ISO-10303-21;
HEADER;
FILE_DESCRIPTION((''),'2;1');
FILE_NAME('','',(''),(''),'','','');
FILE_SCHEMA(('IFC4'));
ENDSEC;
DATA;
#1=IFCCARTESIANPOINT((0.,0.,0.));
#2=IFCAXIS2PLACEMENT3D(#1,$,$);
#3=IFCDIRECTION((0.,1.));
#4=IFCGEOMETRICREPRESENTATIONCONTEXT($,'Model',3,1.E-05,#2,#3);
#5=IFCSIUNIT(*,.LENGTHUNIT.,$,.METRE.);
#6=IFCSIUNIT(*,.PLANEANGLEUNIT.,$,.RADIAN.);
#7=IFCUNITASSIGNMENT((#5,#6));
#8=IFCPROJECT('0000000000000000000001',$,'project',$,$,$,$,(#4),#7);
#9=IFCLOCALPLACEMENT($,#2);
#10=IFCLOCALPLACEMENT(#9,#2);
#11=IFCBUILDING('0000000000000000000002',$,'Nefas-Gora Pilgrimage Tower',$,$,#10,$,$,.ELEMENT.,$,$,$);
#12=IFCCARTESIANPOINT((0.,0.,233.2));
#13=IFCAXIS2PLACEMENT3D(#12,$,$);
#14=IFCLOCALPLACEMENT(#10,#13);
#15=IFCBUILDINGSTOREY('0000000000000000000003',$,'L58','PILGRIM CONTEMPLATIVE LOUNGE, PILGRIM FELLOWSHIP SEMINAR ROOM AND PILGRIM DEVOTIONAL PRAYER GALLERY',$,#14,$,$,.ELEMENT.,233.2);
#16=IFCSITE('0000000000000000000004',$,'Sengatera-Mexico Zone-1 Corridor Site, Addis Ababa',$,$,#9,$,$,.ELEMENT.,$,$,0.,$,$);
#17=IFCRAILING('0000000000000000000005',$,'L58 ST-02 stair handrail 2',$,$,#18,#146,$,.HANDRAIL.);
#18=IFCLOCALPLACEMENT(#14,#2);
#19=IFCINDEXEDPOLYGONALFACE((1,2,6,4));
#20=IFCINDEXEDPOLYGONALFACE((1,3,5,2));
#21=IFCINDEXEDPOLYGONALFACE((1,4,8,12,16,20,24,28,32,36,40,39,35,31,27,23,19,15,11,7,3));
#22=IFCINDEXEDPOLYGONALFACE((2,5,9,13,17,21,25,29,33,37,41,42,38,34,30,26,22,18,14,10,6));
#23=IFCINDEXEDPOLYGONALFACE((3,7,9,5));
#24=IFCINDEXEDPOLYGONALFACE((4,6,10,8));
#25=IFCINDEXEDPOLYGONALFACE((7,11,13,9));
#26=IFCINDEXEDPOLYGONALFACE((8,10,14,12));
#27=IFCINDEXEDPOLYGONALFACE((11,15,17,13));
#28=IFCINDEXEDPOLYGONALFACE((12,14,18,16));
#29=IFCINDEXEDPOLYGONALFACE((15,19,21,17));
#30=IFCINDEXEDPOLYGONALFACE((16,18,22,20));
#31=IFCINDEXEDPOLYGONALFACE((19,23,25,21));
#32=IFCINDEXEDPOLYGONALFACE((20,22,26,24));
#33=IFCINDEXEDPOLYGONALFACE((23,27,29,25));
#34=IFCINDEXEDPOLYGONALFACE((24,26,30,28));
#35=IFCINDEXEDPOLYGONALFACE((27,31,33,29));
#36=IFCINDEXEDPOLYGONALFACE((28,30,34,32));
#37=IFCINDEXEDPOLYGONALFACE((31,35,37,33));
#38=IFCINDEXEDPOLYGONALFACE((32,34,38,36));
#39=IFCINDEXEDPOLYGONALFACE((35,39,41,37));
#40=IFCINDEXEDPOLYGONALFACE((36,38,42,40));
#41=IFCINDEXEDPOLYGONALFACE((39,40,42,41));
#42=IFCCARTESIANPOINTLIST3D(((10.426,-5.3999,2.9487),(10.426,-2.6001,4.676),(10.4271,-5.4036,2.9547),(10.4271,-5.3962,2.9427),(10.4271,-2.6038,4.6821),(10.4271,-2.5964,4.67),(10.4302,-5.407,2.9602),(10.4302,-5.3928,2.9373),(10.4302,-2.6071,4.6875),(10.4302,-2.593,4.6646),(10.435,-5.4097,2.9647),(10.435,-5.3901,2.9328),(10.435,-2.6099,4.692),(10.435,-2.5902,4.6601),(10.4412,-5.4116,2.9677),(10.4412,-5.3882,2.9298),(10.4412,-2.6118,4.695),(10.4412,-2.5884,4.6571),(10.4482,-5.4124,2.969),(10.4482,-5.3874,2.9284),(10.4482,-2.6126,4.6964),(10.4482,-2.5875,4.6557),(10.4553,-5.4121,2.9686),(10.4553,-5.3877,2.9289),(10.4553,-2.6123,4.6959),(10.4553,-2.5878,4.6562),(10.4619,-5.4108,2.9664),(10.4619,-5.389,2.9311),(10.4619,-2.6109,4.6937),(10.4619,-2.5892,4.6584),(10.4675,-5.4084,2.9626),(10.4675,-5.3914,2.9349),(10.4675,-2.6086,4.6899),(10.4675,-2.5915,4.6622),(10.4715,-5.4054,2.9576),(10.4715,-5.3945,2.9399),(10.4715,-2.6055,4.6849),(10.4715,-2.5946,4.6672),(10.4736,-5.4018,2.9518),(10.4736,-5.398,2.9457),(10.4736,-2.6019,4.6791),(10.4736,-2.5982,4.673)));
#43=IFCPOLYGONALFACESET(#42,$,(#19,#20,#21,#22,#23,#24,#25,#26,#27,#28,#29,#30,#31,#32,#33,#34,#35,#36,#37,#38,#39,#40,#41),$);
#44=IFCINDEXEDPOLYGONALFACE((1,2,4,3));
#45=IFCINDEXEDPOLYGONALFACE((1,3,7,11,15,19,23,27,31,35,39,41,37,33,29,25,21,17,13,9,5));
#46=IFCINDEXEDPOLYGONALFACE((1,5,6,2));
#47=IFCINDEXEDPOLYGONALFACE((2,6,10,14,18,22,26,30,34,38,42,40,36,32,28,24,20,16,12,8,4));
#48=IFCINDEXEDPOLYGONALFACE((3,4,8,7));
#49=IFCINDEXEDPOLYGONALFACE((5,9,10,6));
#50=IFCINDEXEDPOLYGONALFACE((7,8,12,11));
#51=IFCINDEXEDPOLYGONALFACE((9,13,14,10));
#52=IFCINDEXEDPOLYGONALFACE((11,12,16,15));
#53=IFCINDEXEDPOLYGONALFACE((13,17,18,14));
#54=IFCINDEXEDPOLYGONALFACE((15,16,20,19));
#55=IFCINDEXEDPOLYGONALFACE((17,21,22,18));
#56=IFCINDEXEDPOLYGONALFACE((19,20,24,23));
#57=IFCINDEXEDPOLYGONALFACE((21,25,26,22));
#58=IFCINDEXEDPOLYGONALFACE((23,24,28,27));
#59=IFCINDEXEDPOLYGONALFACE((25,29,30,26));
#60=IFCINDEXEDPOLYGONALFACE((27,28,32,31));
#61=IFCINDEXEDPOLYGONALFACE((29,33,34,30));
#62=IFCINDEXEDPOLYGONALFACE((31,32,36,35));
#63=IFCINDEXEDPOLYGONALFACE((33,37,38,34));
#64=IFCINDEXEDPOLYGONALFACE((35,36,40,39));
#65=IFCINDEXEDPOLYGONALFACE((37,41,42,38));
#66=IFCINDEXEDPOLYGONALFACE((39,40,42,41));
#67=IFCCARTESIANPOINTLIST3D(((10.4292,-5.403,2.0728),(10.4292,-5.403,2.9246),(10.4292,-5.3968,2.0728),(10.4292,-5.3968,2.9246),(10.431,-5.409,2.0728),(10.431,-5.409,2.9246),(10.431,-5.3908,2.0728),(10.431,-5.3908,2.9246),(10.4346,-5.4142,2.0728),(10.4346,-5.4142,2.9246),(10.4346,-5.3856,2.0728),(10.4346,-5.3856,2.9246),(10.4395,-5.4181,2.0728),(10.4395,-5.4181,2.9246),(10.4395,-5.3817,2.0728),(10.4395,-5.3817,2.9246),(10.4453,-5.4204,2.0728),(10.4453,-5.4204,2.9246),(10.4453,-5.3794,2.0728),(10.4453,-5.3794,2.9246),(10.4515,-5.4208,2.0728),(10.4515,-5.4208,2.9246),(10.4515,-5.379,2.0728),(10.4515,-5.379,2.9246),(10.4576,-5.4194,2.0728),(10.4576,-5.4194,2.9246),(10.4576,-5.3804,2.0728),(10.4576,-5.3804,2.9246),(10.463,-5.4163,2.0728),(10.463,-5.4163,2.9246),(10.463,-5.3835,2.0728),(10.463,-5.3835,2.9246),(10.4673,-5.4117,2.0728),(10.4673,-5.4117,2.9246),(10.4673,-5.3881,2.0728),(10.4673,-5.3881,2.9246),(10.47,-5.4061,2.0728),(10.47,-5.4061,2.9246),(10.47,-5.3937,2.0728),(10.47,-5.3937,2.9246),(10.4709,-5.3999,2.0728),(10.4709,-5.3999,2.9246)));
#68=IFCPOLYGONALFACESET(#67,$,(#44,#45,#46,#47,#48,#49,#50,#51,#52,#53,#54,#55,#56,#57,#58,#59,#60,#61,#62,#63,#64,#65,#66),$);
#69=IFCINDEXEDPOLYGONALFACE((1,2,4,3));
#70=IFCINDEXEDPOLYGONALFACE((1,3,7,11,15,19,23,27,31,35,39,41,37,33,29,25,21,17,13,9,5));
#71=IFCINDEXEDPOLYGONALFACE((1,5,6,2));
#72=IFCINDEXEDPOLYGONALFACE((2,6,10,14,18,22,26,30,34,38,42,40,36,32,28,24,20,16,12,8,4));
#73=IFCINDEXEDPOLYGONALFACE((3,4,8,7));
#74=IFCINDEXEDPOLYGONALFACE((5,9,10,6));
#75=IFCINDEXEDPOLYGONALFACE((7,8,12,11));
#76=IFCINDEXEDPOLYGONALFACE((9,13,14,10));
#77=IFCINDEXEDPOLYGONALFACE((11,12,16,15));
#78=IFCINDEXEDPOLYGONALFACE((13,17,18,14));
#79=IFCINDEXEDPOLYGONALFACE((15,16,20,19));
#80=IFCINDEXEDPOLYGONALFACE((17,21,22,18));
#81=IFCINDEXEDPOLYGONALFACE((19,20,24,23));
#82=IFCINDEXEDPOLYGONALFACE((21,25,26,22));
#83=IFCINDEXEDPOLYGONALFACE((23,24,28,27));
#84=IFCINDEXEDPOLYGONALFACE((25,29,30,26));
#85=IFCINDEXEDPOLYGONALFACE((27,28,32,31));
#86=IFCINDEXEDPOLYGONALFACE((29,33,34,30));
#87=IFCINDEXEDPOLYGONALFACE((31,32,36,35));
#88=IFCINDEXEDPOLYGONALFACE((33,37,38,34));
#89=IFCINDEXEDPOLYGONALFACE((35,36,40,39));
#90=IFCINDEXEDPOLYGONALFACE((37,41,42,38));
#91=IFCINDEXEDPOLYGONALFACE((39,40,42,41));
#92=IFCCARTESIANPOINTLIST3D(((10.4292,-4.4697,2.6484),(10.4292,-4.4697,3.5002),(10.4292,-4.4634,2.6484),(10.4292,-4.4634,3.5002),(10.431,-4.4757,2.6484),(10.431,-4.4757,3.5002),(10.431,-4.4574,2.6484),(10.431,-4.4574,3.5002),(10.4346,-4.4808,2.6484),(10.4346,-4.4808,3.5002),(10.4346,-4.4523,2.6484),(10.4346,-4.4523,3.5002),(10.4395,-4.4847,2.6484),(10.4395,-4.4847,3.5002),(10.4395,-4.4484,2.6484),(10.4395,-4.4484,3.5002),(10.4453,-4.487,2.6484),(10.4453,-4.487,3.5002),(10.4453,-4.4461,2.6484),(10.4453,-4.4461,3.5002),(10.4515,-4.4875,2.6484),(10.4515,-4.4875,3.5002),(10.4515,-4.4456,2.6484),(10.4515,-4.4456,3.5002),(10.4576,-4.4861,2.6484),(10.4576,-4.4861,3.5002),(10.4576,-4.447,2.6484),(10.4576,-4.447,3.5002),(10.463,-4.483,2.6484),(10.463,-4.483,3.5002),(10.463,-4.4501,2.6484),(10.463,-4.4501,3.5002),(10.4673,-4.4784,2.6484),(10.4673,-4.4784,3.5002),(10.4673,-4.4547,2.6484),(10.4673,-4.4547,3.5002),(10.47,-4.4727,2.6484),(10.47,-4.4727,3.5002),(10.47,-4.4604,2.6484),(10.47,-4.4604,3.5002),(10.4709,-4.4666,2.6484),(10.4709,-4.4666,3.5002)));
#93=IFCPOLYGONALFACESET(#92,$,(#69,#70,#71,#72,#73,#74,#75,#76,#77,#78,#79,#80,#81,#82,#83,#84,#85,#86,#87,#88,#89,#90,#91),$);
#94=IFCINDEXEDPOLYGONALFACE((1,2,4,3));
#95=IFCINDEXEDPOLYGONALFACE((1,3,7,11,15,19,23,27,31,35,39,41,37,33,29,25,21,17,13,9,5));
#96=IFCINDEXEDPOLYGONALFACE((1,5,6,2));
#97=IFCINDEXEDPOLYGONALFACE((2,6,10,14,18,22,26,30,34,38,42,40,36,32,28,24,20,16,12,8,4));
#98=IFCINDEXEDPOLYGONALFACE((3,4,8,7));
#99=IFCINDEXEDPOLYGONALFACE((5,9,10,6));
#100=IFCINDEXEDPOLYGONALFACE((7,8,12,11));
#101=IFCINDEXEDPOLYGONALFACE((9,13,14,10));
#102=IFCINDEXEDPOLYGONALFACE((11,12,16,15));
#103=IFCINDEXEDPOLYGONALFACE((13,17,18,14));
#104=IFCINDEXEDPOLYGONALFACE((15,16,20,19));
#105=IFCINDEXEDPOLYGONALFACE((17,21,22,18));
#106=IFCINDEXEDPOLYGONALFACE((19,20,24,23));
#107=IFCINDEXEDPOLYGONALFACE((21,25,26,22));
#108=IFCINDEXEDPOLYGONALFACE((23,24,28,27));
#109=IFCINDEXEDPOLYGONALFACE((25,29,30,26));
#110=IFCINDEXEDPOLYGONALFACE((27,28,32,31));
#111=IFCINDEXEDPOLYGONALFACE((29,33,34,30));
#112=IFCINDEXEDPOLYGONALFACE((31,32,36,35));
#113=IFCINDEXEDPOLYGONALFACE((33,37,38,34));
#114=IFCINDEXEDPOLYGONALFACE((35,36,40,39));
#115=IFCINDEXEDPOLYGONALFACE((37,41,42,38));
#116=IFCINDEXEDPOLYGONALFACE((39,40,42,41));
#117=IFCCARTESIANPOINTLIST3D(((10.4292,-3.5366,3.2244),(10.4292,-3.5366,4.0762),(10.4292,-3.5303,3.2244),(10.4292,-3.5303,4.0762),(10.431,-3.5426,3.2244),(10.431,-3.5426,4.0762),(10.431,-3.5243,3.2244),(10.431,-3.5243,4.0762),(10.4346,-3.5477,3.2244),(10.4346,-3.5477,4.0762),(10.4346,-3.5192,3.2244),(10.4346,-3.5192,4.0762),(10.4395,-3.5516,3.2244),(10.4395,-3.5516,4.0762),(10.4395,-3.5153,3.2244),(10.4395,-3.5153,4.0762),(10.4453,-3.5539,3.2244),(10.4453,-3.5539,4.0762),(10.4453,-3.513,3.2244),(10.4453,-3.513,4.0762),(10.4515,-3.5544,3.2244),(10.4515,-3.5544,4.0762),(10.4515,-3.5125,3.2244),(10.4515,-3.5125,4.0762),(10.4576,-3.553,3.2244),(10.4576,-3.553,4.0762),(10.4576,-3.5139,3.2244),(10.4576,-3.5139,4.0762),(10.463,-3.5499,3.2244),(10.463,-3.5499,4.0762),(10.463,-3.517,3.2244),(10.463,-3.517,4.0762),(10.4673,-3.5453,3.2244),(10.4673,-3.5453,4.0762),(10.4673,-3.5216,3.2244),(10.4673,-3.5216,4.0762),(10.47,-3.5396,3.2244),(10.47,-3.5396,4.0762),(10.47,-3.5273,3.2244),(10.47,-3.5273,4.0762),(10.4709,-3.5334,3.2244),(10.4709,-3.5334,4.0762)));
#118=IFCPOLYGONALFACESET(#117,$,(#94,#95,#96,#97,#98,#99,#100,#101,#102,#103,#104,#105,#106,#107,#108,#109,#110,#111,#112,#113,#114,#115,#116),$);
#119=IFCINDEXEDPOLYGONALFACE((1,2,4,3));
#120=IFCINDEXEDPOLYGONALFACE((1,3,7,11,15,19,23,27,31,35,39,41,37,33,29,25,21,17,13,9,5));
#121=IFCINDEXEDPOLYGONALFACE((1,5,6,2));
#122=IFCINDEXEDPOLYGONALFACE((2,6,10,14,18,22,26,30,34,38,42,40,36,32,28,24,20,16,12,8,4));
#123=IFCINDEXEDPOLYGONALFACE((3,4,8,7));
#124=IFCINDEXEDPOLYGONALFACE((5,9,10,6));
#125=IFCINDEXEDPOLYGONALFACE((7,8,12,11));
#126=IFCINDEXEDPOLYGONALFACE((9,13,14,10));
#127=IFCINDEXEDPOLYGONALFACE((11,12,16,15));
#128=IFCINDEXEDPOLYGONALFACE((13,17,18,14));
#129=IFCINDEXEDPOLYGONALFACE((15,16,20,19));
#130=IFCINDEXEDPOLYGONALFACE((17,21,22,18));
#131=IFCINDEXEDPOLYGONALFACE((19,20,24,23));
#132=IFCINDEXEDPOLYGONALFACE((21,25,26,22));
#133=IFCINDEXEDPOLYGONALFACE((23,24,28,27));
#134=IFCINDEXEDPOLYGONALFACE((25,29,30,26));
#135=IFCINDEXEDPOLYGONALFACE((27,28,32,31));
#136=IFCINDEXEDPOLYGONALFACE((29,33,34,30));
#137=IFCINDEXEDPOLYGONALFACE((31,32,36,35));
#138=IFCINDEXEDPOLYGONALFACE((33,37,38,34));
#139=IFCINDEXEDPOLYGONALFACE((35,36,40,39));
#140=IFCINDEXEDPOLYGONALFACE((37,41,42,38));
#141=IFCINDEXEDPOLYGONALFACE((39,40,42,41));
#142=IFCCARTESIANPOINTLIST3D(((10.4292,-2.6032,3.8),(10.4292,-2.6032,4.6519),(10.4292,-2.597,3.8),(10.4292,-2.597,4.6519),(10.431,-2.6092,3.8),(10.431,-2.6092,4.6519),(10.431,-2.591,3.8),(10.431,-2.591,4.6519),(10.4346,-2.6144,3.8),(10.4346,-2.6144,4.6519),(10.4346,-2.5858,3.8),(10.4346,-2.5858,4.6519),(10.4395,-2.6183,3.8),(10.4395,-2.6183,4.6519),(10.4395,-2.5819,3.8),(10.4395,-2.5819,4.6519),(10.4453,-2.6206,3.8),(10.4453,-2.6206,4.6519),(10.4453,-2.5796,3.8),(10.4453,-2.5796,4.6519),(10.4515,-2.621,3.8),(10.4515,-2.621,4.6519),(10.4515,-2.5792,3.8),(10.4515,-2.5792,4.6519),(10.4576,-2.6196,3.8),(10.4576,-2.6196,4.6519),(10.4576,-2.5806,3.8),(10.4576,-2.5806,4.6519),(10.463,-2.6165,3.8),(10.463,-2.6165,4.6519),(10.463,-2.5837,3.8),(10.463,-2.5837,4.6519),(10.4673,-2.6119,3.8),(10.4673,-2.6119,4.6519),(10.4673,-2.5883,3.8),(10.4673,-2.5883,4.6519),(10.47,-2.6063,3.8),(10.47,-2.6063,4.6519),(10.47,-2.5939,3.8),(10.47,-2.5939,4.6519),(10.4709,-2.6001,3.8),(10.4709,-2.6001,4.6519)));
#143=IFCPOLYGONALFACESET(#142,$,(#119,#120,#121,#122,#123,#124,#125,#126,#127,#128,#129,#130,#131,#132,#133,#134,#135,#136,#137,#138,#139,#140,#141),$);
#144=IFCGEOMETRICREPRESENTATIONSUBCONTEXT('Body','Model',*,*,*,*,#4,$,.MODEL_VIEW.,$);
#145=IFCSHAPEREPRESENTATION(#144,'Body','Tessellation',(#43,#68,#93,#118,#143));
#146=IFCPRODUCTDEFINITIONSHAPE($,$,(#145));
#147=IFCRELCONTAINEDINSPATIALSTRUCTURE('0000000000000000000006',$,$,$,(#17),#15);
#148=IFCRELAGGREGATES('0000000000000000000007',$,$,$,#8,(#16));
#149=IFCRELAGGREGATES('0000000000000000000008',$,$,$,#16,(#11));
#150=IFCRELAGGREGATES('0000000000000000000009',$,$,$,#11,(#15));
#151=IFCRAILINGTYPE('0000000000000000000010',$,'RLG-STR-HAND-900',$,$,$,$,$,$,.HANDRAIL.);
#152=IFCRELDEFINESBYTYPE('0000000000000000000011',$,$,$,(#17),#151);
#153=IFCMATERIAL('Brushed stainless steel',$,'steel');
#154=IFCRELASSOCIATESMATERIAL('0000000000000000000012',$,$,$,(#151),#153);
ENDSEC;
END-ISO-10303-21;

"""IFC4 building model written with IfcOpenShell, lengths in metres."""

from ifc_helpers import new_model, si_unit, direction, frame, origin, origin_2d, place, context, subcontext, project, spatial, circle, extrude, material, type_object, element, save


model = new_model("IFC4")

# Units and contexts
model_context = context("Model", 3, precision=1e-05, world=origin(), true_north=direction((0.0, 1.0)))
body_context = subcontext(model_context, "Body", "Model", "MODEL_VIEW")
ifc_project = project(units=[si_unit("LENGTHUNIT", "METRE"), si_unit("PLANEANGLEUNIT", "RADIAN")], contexts=[model_context])

# Site, building, storey
site_placement = place(None, origin())
site = spatial("IfcSite", under=ifc_project, at=site_placement, Name="Sengatera-Mexico Zone-1 Corridor Site, Addis Ababa", CompositionType="ELEMENT", RefElevation=0.0)
building_placement = place(site_placement, origin())
building = spatial("IfcBuilding", under=site, at=building_placement, Name="Nefas-Gora Pilgrimage Tower", CompositionType="ELEMENT")
storey_placement = place(building_placement, frame((0.0, 0.0, 233.2)))
storey = spatial("IfcBuildingStorey", under=building, at=storey_placement, Name="L58", Description="PILGRIM CONTEMPLATIVE LOUNGE, PILGRIM FELLOWSHIP SEMINAR ROOM AND PILGRIM DEVOTIONAL PRAYER GALLERY", CompositionType="ELEMENT", Elevation=233.2)

# Railing
ifc_material_1 = material(Name="Brushed stainless steel", Category="steel")
railing_type_1 = type_object("IfcRailingType", Name="RLG-STR-HAND-900", PredefinedType="HANDRAIL", material=ifc_material_1)
railing_1_placement = place(storey_placement, frame((10.45, -5.3999, 2.0728)))
element("IfcRailing", 1, at=railing_1_placement, inside=storey, type_object=railing_type_1, Name="L58 ST-02 stair handrail 2", PredefinedType="HANDRAIL", context=body_context, shape_type="SweptSolid", body=[
    extrude(circle(Radius=0.0239, at=origin_2d()), frame((0.0, 0.0, 0.876), z_axis=(0.0, 0.851069, 0.525054), x_axis=(-1.0, 0.0, 0.0)), (0.0, 0.0, 1.0), 3.2898),
    extrude(circle(Radius=0.021, at=origin_2d()), origin(), (0.0, 0.0, 1.0), 0.8518),
    extrude(circle(Radius=0.021, at=origin_2d()), frame((0.0, 0.9333, 0.5757)), (0.0, 0.0, 1.0), 0.8518),
    extrude(circle(Radius=0.021, at=origin_2d()), frame((0.0, 1.8665, 1.1516)), (0.0, 0.0, 1.0), 0.8518),
    extrude(circle(Radius=0.021, at=origin_2d()), frame((0.0, 2.7998, 1.7273)), (0.0, 0.0, 1.0), 0.8518),
])

save(model, "model.ifc")
